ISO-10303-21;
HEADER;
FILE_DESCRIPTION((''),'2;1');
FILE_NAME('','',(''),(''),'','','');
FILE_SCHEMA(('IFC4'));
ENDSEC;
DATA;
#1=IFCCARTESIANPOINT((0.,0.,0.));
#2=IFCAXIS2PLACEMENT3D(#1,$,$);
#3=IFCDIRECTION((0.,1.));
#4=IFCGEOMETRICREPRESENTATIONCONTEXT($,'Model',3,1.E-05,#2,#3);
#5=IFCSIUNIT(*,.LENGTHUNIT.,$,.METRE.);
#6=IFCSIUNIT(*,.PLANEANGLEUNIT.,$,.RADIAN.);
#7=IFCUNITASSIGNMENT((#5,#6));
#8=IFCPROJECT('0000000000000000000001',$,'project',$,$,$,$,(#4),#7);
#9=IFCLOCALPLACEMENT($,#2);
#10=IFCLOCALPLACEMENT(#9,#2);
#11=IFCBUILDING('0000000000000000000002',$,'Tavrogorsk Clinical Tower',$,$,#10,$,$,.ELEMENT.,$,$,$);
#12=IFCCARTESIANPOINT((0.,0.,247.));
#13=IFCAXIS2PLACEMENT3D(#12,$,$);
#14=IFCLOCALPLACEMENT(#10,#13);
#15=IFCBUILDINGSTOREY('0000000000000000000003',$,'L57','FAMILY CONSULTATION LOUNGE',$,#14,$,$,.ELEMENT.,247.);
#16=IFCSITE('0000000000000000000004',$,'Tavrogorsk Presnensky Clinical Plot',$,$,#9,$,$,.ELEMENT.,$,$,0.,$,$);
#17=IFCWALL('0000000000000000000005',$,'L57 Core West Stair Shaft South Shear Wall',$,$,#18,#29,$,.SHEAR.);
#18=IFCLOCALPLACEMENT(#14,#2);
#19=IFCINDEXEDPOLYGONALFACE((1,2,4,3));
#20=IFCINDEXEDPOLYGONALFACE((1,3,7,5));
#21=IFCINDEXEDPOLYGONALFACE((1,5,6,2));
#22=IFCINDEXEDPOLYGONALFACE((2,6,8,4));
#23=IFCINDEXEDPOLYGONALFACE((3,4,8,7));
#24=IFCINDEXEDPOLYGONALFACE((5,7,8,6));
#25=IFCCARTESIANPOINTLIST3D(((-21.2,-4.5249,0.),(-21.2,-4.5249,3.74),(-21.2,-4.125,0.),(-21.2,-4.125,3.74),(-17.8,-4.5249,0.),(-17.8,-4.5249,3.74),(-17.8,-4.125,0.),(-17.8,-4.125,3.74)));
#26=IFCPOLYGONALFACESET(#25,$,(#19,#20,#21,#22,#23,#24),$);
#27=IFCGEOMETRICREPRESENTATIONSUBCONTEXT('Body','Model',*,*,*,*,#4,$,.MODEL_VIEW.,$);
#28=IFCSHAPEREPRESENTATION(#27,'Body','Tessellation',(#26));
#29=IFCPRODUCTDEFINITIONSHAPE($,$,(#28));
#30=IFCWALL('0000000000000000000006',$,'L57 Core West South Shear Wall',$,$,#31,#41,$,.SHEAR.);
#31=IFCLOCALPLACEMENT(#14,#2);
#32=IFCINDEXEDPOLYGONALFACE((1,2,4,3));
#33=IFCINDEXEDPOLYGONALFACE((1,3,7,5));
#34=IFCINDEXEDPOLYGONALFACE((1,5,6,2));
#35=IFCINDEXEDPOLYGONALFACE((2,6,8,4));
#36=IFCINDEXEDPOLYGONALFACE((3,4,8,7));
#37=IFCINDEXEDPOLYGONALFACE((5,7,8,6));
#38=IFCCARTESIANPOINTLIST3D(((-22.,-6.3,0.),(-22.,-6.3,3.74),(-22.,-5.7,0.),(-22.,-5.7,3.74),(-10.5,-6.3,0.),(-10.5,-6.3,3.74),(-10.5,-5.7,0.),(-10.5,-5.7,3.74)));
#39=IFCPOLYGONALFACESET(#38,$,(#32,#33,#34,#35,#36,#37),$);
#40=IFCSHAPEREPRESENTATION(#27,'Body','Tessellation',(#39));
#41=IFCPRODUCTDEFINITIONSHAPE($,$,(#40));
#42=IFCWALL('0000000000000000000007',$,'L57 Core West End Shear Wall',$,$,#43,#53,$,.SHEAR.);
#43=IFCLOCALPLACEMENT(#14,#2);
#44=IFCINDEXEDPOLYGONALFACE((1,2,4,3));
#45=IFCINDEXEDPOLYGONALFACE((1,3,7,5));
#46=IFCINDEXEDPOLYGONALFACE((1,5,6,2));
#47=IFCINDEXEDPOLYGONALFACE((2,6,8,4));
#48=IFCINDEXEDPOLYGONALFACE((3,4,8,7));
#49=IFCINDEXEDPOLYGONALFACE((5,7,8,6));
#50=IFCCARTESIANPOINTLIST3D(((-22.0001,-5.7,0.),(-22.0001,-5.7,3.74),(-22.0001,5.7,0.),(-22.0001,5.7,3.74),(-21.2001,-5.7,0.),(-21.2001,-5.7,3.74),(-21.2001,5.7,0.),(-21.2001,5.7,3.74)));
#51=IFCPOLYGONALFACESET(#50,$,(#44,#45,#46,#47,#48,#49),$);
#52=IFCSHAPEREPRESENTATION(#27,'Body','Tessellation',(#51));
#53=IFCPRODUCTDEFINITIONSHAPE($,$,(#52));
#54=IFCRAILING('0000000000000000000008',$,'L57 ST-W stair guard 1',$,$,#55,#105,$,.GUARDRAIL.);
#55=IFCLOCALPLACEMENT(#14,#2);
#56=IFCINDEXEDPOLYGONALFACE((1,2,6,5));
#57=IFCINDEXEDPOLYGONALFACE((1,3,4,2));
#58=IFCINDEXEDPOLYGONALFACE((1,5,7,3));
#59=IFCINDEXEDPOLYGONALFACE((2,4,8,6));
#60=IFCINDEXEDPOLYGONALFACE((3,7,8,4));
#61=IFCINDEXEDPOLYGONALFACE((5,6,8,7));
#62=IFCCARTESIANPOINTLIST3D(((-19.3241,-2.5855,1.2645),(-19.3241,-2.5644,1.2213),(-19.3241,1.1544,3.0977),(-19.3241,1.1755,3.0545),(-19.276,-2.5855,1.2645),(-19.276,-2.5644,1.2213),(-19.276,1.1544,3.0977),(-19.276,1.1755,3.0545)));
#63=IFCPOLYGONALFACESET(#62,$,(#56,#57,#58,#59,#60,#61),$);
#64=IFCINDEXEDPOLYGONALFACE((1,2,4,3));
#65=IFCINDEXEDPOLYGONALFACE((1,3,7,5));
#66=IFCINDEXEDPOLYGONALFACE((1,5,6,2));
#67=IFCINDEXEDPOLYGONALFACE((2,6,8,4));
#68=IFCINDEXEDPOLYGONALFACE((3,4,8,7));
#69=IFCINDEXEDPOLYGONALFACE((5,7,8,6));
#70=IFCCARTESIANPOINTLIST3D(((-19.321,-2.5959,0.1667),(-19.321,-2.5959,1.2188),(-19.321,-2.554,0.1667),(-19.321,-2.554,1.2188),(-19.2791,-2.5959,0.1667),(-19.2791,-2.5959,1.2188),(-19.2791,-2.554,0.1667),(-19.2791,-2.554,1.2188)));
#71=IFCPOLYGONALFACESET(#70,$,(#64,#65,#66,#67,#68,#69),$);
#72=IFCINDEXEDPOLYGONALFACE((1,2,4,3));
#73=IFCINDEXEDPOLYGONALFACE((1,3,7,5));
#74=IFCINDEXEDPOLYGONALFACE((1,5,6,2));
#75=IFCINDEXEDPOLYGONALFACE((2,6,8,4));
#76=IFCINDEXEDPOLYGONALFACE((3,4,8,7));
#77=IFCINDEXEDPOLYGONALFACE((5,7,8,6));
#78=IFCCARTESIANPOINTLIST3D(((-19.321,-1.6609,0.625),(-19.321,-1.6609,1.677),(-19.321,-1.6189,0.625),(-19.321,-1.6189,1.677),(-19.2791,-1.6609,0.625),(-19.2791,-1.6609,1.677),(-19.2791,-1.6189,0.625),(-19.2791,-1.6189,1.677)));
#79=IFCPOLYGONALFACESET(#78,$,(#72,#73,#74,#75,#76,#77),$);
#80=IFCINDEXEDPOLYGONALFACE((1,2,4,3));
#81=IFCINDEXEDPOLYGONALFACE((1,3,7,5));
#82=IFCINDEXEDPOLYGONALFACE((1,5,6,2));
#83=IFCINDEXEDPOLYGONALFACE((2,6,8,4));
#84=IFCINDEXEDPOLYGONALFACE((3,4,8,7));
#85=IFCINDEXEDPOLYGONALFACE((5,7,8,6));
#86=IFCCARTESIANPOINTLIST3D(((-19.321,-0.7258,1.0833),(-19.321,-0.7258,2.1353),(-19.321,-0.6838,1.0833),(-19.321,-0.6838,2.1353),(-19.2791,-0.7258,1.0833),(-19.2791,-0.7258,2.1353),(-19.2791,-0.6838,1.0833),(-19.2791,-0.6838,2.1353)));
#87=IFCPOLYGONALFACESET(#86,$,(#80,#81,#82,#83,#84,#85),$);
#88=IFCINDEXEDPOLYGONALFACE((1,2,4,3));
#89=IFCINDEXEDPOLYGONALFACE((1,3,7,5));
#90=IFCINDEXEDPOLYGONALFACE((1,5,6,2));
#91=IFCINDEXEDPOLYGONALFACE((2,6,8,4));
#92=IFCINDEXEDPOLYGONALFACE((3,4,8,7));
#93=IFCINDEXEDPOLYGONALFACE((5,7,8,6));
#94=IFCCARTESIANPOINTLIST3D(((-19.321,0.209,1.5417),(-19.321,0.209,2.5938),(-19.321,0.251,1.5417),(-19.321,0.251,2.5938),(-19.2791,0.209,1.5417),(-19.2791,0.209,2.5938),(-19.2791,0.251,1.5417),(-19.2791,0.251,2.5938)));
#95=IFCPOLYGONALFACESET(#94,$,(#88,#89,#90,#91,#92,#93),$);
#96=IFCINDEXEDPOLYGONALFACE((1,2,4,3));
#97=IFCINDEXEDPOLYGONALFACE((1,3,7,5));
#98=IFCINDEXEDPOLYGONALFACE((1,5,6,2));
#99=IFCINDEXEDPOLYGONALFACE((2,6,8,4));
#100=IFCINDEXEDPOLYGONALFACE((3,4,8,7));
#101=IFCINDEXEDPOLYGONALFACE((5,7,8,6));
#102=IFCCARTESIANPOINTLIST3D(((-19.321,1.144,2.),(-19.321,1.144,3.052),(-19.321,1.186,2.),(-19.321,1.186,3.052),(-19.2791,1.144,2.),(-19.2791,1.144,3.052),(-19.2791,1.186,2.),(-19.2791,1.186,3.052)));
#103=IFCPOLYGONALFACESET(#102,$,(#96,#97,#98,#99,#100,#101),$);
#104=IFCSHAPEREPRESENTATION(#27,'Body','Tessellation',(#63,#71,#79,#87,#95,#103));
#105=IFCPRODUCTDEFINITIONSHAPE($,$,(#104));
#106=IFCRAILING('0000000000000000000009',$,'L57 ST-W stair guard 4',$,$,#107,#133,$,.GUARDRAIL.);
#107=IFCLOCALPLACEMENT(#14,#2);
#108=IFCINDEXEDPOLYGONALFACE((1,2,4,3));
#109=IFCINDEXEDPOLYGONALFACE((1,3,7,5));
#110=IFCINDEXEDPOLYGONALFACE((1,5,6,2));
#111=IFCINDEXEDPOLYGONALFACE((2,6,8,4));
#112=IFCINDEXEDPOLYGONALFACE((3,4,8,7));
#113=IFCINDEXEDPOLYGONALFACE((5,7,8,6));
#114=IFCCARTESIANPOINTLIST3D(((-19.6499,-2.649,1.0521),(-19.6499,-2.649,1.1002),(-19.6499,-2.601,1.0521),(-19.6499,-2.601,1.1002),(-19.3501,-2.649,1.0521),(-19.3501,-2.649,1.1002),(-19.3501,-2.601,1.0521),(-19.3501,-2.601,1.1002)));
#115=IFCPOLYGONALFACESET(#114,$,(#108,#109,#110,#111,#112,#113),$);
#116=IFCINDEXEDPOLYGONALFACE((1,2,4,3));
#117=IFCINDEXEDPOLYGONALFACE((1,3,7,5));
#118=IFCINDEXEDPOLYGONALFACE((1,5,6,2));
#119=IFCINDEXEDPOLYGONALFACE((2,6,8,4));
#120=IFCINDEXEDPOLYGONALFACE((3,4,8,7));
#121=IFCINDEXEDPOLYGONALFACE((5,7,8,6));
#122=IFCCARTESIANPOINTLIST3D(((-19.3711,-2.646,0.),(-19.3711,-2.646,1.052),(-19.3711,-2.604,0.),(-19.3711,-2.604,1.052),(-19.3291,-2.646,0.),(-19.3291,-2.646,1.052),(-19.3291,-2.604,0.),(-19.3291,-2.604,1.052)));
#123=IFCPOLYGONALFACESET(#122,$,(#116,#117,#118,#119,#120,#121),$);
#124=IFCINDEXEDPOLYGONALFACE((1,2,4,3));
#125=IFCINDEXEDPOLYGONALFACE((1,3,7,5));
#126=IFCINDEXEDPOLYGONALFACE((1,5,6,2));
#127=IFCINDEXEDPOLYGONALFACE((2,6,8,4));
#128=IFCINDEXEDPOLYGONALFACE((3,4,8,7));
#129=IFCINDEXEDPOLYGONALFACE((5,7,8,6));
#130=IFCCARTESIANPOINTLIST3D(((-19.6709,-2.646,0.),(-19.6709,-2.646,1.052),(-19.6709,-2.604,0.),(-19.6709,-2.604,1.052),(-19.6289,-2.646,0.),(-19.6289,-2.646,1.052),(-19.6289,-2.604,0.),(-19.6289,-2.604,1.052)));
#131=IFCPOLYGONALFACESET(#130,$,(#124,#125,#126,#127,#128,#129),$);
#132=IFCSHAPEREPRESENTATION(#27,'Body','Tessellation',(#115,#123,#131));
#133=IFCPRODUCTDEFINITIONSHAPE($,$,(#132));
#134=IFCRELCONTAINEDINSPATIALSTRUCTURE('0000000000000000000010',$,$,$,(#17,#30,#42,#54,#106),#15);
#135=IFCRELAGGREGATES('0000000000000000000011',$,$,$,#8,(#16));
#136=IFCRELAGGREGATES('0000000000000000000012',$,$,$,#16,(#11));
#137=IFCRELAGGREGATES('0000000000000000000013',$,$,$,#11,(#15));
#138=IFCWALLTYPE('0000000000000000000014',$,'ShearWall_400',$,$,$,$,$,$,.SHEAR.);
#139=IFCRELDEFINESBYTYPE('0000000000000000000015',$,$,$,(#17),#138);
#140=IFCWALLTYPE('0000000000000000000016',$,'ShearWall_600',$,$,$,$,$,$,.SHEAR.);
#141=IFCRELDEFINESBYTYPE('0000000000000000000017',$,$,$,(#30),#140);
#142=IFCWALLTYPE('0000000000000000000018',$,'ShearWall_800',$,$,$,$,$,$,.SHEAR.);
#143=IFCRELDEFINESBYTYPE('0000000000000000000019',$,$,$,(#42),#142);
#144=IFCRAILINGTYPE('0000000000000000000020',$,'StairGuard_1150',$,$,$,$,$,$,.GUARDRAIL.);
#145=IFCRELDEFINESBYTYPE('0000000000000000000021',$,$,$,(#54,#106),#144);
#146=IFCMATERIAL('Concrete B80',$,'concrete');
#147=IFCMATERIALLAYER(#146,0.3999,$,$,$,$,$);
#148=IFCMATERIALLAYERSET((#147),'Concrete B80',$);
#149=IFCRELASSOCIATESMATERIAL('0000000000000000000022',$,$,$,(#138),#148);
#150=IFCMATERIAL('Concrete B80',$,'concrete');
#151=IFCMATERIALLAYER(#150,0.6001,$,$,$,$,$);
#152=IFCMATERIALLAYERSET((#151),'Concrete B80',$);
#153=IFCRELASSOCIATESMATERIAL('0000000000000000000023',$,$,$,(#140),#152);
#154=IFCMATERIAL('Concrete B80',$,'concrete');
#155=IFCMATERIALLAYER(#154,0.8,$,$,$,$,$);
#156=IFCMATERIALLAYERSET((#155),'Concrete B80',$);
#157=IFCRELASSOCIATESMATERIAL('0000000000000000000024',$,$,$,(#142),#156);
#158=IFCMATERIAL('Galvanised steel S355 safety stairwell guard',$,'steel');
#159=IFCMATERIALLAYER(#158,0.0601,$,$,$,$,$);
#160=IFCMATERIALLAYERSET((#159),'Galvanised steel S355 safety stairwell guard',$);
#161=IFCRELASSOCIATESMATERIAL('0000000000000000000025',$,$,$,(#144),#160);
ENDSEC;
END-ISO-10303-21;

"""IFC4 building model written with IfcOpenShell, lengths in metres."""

from ifc_helpers import new_model, si_unit, direction, frame, frame_2d, origin, origin_2d, place, context, subcontext, project, spatial, rectangle, extrude, material, layer, layer_set, type_object, element, save


model = new_model("IFC4")

# Units and contexts
model_context = context("Model", 3, precision=1e-05, world=origin(), true_north=direction((0.0, 1.0)))
body_context = subcontext(model_context, "Body", "Model", "MODEL_VIEW")
ifc_project = project(units=[si_unit("LENGTHUNIT", "METRE"), si_unit("PLANEANGLEUNIT", "RADIAN")], contexts=[model_context])

# Site, building, storey
site_placement = place(None, origin())
site = spatial("IfcSite", under=ifc_project, at=site_placement, Name="Tavrogorsk Presnensky Clinical Plot", CompositionType="ELEMENT", RefElevation=0.0)
building_placement = place(site_placement, origin())
building = spatial("IfcBuilding", under=site, at=building_placement, Name="Tavrogorsk Clinical Tower", CompositionType="ELEMENT")
storey_placement = place(building_placement, frame((0.0, 0.0, 247.0)))
storey = spatial("IfcBuildingStorey", under=building, at=storey_placement, Name="L57", Description="FAMILY CONSULTATION LOUNGE", CompositionType="ELEMENT", Elevation=247.0)

# Walls
ifc_material_1 = material(Name="Concrete B80", Category="concrete")
ifc_layer_1 = layer(ifc_material_1, 0.3999)
ifc_layer_set_1 = layer_set([ifc_layer_1], Name="Concrete B80")
wall_type_1 = type_object("IfcWallType", Name="ShearWall_400", PredefinedType="SHEAR", material=ifc_layer_set_1)
wall_1_placement = place(storey_placement, frame((-21.2, -4.325, 0.0), z_axis=(0.0, 0.0, 1.0), x_axis=(1.0, 0.0, 0.0)))
element("IfcWall", 1, at=wall_1_placement, inside=storey, type_object=wall_type_1, Name="L57 Core West Stair Shaft South Shear Wall", PredefinedType="SHEAR", context=body_context, shape_type="SweptSolid", body=[
    extrude(rectangle(XDim=3.3999, YDim=0.3999, at=frame_2d((1.7, 0.0))), origin(), (0.0, 0.0, 1.0), 3.74),
])
ifc_material_2 = material(Name="Concrete B80", Category="concrete")
ifc_layer_2 = layer(ifc_material_2, 0.6001)
ifc_layer_set_2 = layer_set([ifc_layer_2], Name="Concrete B80")
wall_type_2 = type_object("IfcWallType", Name="ShearWall_600", PredefinedType="SHEAR", material=ifc_layer_set_2)
wall_2_placement = place(storey_placement, frame((-22.0, -6.0, 0.0), z_axis=(0.0, 0.0, 1.0), x_axis=(1.0, 0.0, 0.0)))
element("IfcWall", 2, at=wall_2_placement, inside=storey, type_object=wall_type_2, Name="L57 Core West South Shear Wall", PredefinedType="SHEAR", context=body_context, shape_type="SweptSolid", body=[
    extrude(rectangle(XDim=11.5, YDim=0.6001, at=frame_2d((5.75, 0.0))), origin(), (0.0, 0.0, 1.0), 3.74),
])
ifc_material_3 = material(Name="Concrete B80", Category="concrete")
ifc_layer_3 = layer(ifc_material_3, 0.8)
ifc_layer_set_3 = layer_set([ifc_layer_3], Name="Concrete B80")
wall_type_3 = type_object("IfcWallType", Name="ShearWall_800", PredefinedType="SHEAR", material=ifc_layer_set_3)
wall_3_placement = place(storey_placement, frame((-21.6001, -5.7, 0.0), z_axis=(0.0, 0.0, 1.0), x_axis=(0.0, 1.0, 0.0)))
element("IfcWall", 3, at=wall_3_placement, inside=storey, type_object=wall_type_3, Name="L57 Core West End Shear Wall", PredefinedType="SHEAR", context=body_context, shape_type="SweptSolid", body=[
    extrude(rectangle(XDim=11.3999, YDim=0.8, at=frame_2d((5.7, 0.0))), origin(), (0.0, 0.0, 1.0), 3.74),
])

# Railings
ifc_material_4 = material(Name="Galvanised steel S355 safety stairwell guard", Category="steel")
ifc_layer_4 = layer(ifc_material_4, 0.0601)
ifc_layer_set_4 = layer_set([ifc_layer_4], Name="Galvanised steel S355 safety stairwell guard")
railing_type = type_object("IfcRailingType", Name="StairGuard_1150", PredefinedType="GUARDRAIL", material=ifc_layer_set_4)
railing_1_placement = place(storey_placement, frame((-19.3, -2.575, 0.1667)))
element("IfcRailing", 4, at=railing_1_placement, inside=storey, type_object=railing_type, Name="L57 ST-W stair guard 1", PredefinedType="GUARDRAIL", context=body_context, shape_type="SweptSolid", body=[
    extrude(rectangle(XDim=0.0481, YDim=0.0481, at=origin_2d()), frame((0.0, 0.0, 1.0762), z_axis=(0.0, 0.897928, 0.440142), x_axis=(-1.0, 0.0, 0.0)), (0.0, 0.0, 1.0), 4.165),
    extrude(rectangle(XDim=0.042, YDim=0.042, at=origin_2d()), origin(), (0.0, 0.0, 1.0), 1.052),
    extrude(rectangle(XDim=0.042, YDim=0.042, at=origin_2d()), frame((0.0, 0.9351, 0.4583)), (0.0, 0.0, 1.0), 1.052),
    extrude(rectangle(XDim=0.042, YDim=0.042, at=origin_2d()), frame((0.0, 1.8701, 0.9165)), (0.0, 0.0, 1.0), 1.052),
    extrude(rectangle(XDim=0.042, YDim=0.042, at=origin_2d()), frame((0.0, 2.8049, 1.375)), (0.0, 0.0, 1.0), 1.052),
    extrude(rectangle(XDim=0.042, YDim=0.042, at=origin_2d()), frame((0.0, 3.74, 1.8333)), (0.0, 0.0, 1.0), 1.052),
])
railing_2_placement = place(storey_placement, frame((-19.3501, -2.625, 0.0)))
element("IfcRailing", 5, at=railing_2_placement, inside=storey, type_object=railing_type, Name="L57 ST-W stair guard 4", PredefinedType="GUARDRAIL", context=body_context, shape_type="SweptSolid", body=[
    extrude(rectangle(XDim=0.0481, YDim=0.0481, at=origin_2d()), frame((0.0, 0.0, 1.0762), z_axis=(-1.0, 0.0, 0.0), x_axis=(0.0, -1.0, 0.0)), (0.0, 0.0, 1.0), 0.2998),
    extrude(rectangle(XDim=0.042, YDim=0.042, at=origin_2d()), origin(), (0.0, 0.0, 1.0), 1.052),
    extrude(rectangle(XDim=0.042, YDim=0.042, at=origin_2d()), frame((-0.2998, 0.0, 0.0)), (0.0, 0.0, 1.0), 1.052),
])

save(model, "model.ifc")
